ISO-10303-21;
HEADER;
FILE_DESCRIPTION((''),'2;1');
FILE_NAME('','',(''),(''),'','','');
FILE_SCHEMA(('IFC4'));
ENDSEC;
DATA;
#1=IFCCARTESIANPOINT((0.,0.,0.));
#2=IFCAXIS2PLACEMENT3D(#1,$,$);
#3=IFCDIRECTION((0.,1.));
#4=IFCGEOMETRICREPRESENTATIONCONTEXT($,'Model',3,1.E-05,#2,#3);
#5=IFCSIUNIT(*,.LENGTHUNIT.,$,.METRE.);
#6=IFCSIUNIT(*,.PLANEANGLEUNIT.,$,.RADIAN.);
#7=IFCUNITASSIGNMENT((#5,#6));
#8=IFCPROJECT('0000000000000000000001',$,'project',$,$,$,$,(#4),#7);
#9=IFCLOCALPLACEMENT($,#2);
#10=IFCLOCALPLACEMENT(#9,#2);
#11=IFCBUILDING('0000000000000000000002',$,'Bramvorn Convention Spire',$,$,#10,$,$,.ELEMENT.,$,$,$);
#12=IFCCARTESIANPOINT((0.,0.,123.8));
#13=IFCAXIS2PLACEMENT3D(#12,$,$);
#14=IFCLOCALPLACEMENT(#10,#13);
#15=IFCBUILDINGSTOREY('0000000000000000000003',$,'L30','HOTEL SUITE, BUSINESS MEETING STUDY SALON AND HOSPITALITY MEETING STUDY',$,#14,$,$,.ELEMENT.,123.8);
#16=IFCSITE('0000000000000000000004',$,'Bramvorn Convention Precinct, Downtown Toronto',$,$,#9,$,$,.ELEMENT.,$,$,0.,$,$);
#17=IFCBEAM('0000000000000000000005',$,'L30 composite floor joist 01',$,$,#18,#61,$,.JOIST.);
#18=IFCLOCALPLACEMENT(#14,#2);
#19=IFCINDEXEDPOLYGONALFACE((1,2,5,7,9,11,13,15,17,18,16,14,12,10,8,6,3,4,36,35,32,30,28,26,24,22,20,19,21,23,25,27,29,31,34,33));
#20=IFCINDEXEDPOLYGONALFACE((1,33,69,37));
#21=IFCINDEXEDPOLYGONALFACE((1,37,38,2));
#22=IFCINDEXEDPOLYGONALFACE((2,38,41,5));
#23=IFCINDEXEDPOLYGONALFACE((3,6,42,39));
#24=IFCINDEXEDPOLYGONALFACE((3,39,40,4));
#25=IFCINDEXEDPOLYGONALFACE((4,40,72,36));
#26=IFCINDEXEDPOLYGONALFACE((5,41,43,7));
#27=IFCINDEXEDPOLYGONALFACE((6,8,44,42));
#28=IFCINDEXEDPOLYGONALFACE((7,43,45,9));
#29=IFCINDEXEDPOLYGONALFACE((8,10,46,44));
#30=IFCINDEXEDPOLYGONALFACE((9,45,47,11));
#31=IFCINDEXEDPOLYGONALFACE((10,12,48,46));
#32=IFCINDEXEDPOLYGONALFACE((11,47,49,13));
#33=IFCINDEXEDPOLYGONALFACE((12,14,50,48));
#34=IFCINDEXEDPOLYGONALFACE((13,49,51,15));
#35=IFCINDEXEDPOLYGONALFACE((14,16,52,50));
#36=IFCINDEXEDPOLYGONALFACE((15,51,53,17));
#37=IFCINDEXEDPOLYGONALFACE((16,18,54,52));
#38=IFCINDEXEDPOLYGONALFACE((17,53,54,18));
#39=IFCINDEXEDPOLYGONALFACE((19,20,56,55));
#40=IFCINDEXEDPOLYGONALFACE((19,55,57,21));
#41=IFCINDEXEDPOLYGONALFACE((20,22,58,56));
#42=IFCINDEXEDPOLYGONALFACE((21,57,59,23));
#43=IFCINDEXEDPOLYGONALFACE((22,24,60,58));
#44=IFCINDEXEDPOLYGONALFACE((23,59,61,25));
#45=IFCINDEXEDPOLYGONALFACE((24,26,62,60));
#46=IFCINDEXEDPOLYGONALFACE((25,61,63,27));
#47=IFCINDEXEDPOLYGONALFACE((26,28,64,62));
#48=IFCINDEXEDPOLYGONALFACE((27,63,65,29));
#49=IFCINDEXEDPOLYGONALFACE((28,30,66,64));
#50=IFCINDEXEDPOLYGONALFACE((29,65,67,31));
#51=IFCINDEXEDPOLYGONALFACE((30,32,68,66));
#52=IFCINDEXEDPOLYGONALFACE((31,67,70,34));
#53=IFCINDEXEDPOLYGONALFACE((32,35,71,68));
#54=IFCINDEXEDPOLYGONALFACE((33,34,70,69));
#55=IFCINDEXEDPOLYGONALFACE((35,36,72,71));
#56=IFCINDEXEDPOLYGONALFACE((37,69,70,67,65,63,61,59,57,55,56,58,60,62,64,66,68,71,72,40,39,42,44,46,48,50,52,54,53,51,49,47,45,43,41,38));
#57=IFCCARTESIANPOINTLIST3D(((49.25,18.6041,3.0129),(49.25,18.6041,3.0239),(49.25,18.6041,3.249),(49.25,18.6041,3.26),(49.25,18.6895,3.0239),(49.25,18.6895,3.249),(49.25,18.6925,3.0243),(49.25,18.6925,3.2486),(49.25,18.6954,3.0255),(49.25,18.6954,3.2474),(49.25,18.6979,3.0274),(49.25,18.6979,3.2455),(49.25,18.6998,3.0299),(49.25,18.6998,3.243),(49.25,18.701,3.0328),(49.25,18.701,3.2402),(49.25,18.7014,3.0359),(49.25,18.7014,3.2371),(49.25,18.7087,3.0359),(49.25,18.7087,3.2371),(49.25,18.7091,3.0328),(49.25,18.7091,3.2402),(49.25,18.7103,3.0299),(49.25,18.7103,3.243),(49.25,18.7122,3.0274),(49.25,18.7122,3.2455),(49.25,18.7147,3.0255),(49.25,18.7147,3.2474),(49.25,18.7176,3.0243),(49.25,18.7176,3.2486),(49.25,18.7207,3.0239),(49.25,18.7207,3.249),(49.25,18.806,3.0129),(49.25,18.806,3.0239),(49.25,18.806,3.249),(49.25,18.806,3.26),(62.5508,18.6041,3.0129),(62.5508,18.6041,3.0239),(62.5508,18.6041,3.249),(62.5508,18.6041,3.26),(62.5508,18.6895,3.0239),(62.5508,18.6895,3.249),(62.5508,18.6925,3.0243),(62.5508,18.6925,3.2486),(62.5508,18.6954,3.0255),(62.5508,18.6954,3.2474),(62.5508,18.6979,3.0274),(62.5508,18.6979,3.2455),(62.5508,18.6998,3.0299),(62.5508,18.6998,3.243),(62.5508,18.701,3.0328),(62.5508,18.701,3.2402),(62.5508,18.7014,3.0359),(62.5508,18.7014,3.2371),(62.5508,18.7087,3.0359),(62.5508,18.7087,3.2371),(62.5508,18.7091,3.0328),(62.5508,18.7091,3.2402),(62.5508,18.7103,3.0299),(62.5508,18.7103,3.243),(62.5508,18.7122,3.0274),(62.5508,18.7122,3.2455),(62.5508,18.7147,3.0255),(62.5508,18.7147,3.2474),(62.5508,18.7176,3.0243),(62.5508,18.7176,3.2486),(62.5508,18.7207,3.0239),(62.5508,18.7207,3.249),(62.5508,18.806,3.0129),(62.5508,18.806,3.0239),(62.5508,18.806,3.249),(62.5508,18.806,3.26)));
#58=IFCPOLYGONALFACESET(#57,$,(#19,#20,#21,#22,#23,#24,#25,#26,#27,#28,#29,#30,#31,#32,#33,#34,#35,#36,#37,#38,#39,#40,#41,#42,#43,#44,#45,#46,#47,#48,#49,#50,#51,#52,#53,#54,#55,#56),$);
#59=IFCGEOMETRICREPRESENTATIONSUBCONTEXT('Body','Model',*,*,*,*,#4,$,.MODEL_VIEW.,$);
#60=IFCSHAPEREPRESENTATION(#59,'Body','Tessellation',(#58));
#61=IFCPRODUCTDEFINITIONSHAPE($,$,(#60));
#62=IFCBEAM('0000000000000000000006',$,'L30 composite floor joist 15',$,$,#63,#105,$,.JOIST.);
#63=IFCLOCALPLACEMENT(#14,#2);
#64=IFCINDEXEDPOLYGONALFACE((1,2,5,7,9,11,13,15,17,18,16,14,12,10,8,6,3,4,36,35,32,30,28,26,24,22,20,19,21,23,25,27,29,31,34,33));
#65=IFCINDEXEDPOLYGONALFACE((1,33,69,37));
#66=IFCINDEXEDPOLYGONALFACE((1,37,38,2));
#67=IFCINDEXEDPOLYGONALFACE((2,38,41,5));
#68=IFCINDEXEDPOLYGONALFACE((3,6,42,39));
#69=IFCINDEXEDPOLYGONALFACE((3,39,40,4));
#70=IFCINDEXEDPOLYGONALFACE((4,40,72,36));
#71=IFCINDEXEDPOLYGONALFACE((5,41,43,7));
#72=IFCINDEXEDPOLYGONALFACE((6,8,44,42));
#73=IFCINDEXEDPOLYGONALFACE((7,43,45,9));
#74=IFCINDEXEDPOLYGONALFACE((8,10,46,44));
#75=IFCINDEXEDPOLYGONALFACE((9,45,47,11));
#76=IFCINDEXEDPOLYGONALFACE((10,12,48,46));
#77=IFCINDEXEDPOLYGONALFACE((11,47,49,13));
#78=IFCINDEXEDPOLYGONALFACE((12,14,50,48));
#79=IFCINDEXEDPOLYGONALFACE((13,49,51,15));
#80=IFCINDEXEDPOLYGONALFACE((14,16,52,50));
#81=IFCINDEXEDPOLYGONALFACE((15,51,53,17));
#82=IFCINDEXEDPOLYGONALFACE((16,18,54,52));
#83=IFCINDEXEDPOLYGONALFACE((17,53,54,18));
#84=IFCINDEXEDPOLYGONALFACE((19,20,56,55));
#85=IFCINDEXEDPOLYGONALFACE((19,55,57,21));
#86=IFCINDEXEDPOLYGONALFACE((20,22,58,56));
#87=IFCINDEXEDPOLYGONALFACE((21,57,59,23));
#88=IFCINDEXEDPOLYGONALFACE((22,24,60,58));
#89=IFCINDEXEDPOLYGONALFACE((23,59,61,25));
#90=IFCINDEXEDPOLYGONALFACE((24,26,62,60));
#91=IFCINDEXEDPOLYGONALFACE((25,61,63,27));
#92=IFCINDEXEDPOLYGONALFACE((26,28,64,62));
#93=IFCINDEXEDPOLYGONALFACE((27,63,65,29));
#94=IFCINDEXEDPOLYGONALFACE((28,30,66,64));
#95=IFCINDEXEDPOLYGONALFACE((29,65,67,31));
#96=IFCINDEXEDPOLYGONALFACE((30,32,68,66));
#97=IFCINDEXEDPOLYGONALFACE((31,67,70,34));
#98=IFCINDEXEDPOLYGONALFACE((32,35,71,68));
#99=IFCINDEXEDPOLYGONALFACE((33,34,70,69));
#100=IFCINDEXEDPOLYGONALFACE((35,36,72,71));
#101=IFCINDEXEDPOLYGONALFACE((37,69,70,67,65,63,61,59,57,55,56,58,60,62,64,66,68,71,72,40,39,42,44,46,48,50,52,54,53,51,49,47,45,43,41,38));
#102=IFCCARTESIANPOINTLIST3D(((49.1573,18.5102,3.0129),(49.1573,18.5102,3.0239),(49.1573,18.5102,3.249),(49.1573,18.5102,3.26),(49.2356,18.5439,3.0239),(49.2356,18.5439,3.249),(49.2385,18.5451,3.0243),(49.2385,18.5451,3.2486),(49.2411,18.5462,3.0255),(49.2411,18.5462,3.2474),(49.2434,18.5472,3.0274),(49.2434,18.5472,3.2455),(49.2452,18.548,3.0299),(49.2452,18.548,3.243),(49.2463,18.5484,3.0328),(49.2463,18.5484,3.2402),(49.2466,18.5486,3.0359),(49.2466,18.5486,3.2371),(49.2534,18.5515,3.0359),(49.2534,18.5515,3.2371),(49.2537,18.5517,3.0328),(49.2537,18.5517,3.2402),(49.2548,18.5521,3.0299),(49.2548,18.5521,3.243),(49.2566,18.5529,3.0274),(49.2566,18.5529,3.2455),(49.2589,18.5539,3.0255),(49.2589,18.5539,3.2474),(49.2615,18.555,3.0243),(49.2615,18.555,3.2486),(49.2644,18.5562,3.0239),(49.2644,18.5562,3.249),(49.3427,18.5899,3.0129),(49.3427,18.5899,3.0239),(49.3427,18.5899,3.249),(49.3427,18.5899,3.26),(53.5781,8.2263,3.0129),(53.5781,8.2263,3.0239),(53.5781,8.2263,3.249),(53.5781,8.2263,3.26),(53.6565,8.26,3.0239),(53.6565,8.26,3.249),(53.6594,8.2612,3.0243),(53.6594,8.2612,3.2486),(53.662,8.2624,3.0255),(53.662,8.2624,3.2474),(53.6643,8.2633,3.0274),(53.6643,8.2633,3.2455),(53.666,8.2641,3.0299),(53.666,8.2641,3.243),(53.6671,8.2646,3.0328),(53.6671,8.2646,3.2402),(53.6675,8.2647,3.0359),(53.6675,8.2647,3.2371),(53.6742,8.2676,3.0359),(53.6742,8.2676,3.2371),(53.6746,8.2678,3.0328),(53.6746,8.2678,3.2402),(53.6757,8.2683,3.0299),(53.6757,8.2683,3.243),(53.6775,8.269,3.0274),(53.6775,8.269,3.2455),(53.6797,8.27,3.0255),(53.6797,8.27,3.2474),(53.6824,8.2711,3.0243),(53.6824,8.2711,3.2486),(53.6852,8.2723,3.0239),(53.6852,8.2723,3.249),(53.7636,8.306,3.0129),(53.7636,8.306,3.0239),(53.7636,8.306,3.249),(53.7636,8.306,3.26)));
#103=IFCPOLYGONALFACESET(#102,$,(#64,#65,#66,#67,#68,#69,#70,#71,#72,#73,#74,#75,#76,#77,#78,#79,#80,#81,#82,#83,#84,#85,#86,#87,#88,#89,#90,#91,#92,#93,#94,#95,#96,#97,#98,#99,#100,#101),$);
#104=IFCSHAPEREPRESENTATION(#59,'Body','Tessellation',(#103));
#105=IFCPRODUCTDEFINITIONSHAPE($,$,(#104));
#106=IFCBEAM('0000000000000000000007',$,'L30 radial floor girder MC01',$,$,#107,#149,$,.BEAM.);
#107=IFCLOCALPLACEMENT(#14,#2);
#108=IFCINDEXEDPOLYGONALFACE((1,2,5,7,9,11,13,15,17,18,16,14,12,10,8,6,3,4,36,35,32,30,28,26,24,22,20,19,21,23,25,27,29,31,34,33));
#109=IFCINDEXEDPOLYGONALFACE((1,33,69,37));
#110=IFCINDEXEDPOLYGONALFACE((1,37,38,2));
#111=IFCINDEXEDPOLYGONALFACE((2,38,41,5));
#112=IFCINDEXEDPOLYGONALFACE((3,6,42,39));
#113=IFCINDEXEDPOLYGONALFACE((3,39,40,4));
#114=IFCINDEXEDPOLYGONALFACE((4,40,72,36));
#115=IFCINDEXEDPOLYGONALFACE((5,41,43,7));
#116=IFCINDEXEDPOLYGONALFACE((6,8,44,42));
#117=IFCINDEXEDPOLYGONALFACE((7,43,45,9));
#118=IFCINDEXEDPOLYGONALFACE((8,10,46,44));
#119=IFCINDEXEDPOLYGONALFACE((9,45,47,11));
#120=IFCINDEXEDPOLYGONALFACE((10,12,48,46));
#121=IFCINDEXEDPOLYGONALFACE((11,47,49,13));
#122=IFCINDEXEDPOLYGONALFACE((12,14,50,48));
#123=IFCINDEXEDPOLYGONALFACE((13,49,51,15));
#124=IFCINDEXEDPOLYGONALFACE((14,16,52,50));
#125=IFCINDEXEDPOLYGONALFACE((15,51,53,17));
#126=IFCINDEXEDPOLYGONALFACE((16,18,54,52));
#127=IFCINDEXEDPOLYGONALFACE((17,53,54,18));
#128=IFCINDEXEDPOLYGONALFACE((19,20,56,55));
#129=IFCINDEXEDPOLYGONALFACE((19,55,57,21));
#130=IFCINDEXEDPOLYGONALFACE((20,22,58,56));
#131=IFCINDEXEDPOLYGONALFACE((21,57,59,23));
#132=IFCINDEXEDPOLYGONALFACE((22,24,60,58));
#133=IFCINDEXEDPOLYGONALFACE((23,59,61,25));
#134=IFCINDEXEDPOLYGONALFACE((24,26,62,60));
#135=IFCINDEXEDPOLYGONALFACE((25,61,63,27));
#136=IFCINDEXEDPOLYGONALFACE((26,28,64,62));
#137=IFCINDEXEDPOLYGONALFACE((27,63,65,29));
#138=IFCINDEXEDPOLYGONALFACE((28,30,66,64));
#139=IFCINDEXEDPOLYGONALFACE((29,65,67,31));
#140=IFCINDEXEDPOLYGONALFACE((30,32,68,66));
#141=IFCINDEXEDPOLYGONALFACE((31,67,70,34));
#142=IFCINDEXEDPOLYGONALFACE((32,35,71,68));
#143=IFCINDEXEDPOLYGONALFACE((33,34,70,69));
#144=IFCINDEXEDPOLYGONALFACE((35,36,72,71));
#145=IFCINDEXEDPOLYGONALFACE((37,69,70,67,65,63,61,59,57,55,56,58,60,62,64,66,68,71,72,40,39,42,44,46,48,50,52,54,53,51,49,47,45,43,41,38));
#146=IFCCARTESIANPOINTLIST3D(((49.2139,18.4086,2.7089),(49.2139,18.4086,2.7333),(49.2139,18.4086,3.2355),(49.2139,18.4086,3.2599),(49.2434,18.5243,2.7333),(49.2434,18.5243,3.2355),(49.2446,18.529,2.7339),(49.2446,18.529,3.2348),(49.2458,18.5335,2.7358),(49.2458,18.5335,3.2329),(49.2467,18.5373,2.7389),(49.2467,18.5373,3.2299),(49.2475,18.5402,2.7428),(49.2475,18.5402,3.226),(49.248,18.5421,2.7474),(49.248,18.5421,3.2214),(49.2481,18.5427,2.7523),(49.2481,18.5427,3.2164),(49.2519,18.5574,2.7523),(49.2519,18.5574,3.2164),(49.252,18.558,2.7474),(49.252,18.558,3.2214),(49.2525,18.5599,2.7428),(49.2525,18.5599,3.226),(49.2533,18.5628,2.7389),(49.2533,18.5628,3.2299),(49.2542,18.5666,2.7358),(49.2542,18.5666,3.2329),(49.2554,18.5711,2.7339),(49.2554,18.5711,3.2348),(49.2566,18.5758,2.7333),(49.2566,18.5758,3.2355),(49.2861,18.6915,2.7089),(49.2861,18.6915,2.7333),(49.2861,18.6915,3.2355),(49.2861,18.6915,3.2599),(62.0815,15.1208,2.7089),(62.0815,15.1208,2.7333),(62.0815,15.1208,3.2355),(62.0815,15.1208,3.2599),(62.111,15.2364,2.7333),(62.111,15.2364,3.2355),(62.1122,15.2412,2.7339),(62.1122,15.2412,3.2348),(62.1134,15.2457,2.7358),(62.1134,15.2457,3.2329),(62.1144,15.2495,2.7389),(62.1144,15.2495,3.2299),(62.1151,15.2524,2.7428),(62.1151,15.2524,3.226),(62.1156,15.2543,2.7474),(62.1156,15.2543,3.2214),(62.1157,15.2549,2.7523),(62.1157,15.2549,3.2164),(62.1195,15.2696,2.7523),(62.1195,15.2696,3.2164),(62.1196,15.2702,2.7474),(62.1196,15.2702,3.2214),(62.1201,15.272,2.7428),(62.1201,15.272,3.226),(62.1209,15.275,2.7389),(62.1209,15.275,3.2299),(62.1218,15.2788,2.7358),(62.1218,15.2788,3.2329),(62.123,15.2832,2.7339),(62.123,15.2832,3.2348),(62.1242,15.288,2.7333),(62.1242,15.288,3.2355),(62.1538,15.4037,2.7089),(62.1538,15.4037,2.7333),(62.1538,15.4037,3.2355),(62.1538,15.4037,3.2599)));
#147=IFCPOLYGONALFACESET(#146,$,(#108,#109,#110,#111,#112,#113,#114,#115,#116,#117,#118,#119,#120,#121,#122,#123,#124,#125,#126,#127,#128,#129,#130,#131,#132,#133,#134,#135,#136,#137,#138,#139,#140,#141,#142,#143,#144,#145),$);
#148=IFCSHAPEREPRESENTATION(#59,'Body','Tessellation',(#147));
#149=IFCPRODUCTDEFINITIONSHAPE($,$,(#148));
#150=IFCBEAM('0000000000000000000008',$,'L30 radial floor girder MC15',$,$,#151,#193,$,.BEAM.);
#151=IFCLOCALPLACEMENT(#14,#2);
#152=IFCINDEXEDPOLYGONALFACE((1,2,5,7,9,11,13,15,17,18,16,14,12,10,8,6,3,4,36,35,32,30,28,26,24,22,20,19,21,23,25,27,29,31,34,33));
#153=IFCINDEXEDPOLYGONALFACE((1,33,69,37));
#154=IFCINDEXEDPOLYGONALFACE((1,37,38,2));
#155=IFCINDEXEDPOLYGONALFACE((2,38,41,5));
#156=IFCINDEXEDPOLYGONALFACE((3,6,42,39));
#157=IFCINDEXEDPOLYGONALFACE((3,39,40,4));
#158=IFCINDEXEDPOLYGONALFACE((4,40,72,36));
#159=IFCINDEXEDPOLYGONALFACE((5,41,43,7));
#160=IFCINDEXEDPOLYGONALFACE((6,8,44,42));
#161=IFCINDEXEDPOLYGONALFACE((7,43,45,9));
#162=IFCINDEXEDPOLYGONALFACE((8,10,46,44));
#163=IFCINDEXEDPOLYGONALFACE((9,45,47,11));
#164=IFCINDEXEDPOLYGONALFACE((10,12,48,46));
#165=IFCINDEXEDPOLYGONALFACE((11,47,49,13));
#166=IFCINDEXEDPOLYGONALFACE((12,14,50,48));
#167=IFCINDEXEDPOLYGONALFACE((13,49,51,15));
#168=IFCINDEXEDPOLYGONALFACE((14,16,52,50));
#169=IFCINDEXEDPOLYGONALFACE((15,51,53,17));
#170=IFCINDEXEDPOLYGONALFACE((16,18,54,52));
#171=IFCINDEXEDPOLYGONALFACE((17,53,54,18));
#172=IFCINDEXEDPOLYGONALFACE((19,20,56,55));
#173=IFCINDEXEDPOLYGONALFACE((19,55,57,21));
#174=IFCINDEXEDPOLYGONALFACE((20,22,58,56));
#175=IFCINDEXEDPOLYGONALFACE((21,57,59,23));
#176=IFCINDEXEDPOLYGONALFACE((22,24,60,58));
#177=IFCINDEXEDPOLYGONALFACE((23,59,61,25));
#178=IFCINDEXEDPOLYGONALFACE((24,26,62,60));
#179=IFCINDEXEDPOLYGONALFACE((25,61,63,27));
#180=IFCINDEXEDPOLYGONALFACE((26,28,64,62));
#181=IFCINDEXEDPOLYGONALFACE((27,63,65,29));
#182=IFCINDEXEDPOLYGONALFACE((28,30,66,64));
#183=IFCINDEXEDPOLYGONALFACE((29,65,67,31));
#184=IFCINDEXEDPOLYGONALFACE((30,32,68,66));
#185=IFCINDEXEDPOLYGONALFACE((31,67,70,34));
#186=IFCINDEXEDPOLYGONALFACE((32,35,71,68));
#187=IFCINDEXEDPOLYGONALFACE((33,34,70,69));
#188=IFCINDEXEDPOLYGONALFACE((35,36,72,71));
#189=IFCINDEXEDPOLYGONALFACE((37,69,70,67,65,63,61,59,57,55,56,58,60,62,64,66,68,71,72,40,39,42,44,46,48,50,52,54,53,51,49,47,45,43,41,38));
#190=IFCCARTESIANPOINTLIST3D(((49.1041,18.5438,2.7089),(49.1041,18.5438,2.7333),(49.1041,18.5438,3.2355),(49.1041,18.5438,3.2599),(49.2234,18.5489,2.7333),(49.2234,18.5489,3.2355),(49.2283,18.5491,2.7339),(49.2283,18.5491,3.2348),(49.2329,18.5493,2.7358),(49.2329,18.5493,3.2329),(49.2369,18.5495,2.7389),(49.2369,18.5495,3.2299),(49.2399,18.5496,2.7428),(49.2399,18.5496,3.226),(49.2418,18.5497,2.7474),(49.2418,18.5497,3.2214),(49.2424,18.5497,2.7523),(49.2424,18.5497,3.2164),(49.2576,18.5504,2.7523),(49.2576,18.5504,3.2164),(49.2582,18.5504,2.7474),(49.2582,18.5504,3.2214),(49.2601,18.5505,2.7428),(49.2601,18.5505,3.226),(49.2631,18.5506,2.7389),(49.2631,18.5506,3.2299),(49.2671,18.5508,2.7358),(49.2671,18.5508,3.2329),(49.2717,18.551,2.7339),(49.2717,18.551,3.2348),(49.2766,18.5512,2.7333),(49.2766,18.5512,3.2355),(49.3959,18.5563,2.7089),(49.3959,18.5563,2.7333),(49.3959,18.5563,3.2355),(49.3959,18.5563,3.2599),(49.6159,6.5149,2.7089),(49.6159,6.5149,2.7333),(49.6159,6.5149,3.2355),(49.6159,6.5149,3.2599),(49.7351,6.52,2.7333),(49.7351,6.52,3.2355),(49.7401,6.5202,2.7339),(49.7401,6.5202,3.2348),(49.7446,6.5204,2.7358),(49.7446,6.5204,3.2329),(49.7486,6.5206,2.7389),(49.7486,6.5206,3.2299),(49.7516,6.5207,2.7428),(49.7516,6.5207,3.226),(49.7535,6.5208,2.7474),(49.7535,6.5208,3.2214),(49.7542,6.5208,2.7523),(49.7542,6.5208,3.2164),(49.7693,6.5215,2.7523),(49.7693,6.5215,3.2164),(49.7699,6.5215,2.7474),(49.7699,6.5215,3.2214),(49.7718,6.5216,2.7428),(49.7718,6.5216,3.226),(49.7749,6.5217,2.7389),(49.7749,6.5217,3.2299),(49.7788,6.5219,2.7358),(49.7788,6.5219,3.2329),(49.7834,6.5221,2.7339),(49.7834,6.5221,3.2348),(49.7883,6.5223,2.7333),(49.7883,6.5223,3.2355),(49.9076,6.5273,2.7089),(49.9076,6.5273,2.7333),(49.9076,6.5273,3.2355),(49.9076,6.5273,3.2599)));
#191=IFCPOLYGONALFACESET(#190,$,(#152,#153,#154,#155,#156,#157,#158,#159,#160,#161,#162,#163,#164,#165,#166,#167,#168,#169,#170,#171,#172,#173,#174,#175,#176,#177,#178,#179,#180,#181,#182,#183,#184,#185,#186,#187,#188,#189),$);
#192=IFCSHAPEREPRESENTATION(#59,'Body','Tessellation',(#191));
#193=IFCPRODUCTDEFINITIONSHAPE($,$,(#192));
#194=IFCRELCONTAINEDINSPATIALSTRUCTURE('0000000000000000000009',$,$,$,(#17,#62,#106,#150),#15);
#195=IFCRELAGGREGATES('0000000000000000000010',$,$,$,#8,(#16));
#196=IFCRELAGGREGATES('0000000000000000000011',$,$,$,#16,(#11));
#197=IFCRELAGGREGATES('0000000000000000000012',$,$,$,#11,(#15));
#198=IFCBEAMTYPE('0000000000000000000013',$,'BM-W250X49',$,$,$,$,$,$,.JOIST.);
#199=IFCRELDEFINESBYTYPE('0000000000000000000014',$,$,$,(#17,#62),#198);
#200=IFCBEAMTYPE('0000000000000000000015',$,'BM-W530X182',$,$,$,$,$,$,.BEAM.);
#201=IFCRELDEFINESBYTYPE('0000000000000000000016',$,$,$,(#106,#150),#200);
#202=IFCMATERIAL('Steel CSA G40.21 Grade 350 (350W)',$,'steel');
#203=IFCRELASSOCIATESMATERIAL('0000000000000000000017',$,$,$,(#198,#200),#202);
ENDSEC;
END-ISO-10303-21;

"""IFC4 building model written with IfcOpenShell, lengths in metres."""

from ifc_helpers import new_model, si_unit, direction, frame, origin, origin_2d, place, context, subcontext, project, spatial, i_section, extrude, material, material_profile, profile_set, type_object, element, save


model = new_model("IFC4")

# Units and contexts
model_context = context("Model", 3, precision=1e-05, world=origin(), true_north=direction((0.0, 1.0)))
body_context = subcontext(model_context, "Body", "Model", "MODEL_VIEW")
ifc_project = project(units=[si_unit("LENGTHUNIT", "METRE"), si_unit("PLANEANGLEUNIT", "RADIAN")], contexts=[model_context])

# Site, building, storey
site_placement = place(None, origin())
site = spatial("IfcSite", under=ifc_project, at=site_placement, Name="Bramvorn Convention Precinct, Downtown Toronto", CompositionType="ELEMENT", RefElevation=0.0)
building_placement = place(site_placement, origin())
building = spatial("IfcBuilding", under=site, at=building_placement, Name="Bramvorn Convention Spire", CompositionType="ELEMENT")
storey_placement = place(building_placement, frame((0.0, 0.0, 123.8)))
storey = spatial("IfcBuildingStorey", under=building, at=storey_placement, Name="L30", Description="HOTEL SUITE, BUSINESS MEETING STUDY SALON AND HOSPITALITY MEETING STUDY", CompositionType="ELEMENT", Elevation=123.8)

# Beams
ifc_material_1 = material(Name="Steel CSA G40.21 Grade 350 (350W)", Category="steel")
ifc_material_profile_1 = material_profile(ifc_material_1, i_section(OverallWidth=0.2019, OverallDepth=0.2471, WebThickness=0.0073, FlangeThickness=0.011, FilletRadius=0.012, at=origin_2d()))
ifc_profile_set_1 = profile_set([ifc_material_profile_1], Name="Steel CSA G40.21 Grade 350 (350W) - W250X49")
beam_type_1 = type_object("IfcBeamType", Name="BM-W250X49", PredefinedType="JOIST", material=ifc_profile_set_1)
beam_1_placement = place(storey_placement, frame((49.25, 18.7051, 3.1365), z_axis=(1.0, 0.0, 0.0), x_axis=(0.0, 1.0, 0.0)))
element("IfcBeam", 1, at=beam_1_placement, inside=storey, type_object=beam_type_1, Name="L30 composite floor joist 01", PredefinedType="JOIST", context=body_context, shape_type="SweptSolid", body=[
    extrude(i_section(OverallWidth=0.2019, OverallDepth=0.2471, WebThickness=0.0073, FlangeThickness=0.011, FilletRadius=0.012, at=origin_2d()), origin(), (0.0, 0.0, 1.0), 13.3008),
])
beam_2_placement = place(storey_placement, frame((49.25, 18.55, 3.1365), z_axis=(0.394938, -0.918708, 0.0), x_axis=(0.918708, 0.394938, 0.0)))
element("IfcBeam", 2, at=beam_2_placement, inside=storey, type_object=beam_type_1, Name="L30 composite floor joist 15", PredefinedType="JOIST", context=body_context, shape_type="SweptSolid", body=[
    extrude(i_section(OverallWidth=0.2019, OverallDepth=0.2471, WebThickness=0.0073, FlangeThickness=0.011, FilletRadius=0.012, at=origin_2d()), origin(), (0.0, 0.0, 1.0), 11.1938),
])
ifc_material_profile_2 = material_profile(ifc_material_1, i_section(OverallWidth=0.292, OverallDepth=0.551, WebThickness=0.0151, FlangeThickness=0.0244, FilletRadius=0.019, at=origin_2d()))
ifc_profile_set_2 = profile_set([ifc_material_profile_2], Name="Steel CSA G40.21 Grade 350 (350W) - W530X182")
beam_type_2 = type_object("IfcBeamType", Name="BM-W530X182", PredefinedType="BEAM", material=ifc_profile_set_2)
beam_3_placement = place(storey_placement, frame((49.25, 18.55, 2.9844), z_axis=(0.968873, -0.247558, 0.0), x_axis=(0.247558, 0.968873, 0.0)))
element("IfcBeam", 3, at=beam_3_placement, inside=storey, type_object=beam_type_2, Name="L30 radial floor girder MC01", PredefinedType="BEAM", context=body_context, shape_type="SweptSolid", body=[
    extrude(i_section(OverallWidth=0.292, OverallDepth=0.551, WebThickness=0.0151, FlangeThickness=0.0244, FilletRadius=0.019, at=origin_2d()), origin(), (0.0, 0.0, 1.0), 13.281),
])
beam_4_placement = place(storey_placement, frame((49.25, 18.55, 2.9844), z_axis=(0.042503, -0.999096, 0.0), x_axis=(0.999096, 0.042503, 0.0)))
element("IfcBeam", 4, at=beam_4_placement, inside=storey, type_object=beam_type_2, Name="L30 radial floor girder MC15", PredefinedType="BEAM", context=body_context, shape_type="SweptSolid", body=[
    extrude(i_section(OverallWidth=0.292, OverallDepth=0.551, WebThickness=0.0151, FlangeThickness=0.0244, FilletRadius=0.019, at=origin_2d()), origin(), (0.0, 0.0, 1.0), 12.0398),
])

save(model, "model.ifc")
